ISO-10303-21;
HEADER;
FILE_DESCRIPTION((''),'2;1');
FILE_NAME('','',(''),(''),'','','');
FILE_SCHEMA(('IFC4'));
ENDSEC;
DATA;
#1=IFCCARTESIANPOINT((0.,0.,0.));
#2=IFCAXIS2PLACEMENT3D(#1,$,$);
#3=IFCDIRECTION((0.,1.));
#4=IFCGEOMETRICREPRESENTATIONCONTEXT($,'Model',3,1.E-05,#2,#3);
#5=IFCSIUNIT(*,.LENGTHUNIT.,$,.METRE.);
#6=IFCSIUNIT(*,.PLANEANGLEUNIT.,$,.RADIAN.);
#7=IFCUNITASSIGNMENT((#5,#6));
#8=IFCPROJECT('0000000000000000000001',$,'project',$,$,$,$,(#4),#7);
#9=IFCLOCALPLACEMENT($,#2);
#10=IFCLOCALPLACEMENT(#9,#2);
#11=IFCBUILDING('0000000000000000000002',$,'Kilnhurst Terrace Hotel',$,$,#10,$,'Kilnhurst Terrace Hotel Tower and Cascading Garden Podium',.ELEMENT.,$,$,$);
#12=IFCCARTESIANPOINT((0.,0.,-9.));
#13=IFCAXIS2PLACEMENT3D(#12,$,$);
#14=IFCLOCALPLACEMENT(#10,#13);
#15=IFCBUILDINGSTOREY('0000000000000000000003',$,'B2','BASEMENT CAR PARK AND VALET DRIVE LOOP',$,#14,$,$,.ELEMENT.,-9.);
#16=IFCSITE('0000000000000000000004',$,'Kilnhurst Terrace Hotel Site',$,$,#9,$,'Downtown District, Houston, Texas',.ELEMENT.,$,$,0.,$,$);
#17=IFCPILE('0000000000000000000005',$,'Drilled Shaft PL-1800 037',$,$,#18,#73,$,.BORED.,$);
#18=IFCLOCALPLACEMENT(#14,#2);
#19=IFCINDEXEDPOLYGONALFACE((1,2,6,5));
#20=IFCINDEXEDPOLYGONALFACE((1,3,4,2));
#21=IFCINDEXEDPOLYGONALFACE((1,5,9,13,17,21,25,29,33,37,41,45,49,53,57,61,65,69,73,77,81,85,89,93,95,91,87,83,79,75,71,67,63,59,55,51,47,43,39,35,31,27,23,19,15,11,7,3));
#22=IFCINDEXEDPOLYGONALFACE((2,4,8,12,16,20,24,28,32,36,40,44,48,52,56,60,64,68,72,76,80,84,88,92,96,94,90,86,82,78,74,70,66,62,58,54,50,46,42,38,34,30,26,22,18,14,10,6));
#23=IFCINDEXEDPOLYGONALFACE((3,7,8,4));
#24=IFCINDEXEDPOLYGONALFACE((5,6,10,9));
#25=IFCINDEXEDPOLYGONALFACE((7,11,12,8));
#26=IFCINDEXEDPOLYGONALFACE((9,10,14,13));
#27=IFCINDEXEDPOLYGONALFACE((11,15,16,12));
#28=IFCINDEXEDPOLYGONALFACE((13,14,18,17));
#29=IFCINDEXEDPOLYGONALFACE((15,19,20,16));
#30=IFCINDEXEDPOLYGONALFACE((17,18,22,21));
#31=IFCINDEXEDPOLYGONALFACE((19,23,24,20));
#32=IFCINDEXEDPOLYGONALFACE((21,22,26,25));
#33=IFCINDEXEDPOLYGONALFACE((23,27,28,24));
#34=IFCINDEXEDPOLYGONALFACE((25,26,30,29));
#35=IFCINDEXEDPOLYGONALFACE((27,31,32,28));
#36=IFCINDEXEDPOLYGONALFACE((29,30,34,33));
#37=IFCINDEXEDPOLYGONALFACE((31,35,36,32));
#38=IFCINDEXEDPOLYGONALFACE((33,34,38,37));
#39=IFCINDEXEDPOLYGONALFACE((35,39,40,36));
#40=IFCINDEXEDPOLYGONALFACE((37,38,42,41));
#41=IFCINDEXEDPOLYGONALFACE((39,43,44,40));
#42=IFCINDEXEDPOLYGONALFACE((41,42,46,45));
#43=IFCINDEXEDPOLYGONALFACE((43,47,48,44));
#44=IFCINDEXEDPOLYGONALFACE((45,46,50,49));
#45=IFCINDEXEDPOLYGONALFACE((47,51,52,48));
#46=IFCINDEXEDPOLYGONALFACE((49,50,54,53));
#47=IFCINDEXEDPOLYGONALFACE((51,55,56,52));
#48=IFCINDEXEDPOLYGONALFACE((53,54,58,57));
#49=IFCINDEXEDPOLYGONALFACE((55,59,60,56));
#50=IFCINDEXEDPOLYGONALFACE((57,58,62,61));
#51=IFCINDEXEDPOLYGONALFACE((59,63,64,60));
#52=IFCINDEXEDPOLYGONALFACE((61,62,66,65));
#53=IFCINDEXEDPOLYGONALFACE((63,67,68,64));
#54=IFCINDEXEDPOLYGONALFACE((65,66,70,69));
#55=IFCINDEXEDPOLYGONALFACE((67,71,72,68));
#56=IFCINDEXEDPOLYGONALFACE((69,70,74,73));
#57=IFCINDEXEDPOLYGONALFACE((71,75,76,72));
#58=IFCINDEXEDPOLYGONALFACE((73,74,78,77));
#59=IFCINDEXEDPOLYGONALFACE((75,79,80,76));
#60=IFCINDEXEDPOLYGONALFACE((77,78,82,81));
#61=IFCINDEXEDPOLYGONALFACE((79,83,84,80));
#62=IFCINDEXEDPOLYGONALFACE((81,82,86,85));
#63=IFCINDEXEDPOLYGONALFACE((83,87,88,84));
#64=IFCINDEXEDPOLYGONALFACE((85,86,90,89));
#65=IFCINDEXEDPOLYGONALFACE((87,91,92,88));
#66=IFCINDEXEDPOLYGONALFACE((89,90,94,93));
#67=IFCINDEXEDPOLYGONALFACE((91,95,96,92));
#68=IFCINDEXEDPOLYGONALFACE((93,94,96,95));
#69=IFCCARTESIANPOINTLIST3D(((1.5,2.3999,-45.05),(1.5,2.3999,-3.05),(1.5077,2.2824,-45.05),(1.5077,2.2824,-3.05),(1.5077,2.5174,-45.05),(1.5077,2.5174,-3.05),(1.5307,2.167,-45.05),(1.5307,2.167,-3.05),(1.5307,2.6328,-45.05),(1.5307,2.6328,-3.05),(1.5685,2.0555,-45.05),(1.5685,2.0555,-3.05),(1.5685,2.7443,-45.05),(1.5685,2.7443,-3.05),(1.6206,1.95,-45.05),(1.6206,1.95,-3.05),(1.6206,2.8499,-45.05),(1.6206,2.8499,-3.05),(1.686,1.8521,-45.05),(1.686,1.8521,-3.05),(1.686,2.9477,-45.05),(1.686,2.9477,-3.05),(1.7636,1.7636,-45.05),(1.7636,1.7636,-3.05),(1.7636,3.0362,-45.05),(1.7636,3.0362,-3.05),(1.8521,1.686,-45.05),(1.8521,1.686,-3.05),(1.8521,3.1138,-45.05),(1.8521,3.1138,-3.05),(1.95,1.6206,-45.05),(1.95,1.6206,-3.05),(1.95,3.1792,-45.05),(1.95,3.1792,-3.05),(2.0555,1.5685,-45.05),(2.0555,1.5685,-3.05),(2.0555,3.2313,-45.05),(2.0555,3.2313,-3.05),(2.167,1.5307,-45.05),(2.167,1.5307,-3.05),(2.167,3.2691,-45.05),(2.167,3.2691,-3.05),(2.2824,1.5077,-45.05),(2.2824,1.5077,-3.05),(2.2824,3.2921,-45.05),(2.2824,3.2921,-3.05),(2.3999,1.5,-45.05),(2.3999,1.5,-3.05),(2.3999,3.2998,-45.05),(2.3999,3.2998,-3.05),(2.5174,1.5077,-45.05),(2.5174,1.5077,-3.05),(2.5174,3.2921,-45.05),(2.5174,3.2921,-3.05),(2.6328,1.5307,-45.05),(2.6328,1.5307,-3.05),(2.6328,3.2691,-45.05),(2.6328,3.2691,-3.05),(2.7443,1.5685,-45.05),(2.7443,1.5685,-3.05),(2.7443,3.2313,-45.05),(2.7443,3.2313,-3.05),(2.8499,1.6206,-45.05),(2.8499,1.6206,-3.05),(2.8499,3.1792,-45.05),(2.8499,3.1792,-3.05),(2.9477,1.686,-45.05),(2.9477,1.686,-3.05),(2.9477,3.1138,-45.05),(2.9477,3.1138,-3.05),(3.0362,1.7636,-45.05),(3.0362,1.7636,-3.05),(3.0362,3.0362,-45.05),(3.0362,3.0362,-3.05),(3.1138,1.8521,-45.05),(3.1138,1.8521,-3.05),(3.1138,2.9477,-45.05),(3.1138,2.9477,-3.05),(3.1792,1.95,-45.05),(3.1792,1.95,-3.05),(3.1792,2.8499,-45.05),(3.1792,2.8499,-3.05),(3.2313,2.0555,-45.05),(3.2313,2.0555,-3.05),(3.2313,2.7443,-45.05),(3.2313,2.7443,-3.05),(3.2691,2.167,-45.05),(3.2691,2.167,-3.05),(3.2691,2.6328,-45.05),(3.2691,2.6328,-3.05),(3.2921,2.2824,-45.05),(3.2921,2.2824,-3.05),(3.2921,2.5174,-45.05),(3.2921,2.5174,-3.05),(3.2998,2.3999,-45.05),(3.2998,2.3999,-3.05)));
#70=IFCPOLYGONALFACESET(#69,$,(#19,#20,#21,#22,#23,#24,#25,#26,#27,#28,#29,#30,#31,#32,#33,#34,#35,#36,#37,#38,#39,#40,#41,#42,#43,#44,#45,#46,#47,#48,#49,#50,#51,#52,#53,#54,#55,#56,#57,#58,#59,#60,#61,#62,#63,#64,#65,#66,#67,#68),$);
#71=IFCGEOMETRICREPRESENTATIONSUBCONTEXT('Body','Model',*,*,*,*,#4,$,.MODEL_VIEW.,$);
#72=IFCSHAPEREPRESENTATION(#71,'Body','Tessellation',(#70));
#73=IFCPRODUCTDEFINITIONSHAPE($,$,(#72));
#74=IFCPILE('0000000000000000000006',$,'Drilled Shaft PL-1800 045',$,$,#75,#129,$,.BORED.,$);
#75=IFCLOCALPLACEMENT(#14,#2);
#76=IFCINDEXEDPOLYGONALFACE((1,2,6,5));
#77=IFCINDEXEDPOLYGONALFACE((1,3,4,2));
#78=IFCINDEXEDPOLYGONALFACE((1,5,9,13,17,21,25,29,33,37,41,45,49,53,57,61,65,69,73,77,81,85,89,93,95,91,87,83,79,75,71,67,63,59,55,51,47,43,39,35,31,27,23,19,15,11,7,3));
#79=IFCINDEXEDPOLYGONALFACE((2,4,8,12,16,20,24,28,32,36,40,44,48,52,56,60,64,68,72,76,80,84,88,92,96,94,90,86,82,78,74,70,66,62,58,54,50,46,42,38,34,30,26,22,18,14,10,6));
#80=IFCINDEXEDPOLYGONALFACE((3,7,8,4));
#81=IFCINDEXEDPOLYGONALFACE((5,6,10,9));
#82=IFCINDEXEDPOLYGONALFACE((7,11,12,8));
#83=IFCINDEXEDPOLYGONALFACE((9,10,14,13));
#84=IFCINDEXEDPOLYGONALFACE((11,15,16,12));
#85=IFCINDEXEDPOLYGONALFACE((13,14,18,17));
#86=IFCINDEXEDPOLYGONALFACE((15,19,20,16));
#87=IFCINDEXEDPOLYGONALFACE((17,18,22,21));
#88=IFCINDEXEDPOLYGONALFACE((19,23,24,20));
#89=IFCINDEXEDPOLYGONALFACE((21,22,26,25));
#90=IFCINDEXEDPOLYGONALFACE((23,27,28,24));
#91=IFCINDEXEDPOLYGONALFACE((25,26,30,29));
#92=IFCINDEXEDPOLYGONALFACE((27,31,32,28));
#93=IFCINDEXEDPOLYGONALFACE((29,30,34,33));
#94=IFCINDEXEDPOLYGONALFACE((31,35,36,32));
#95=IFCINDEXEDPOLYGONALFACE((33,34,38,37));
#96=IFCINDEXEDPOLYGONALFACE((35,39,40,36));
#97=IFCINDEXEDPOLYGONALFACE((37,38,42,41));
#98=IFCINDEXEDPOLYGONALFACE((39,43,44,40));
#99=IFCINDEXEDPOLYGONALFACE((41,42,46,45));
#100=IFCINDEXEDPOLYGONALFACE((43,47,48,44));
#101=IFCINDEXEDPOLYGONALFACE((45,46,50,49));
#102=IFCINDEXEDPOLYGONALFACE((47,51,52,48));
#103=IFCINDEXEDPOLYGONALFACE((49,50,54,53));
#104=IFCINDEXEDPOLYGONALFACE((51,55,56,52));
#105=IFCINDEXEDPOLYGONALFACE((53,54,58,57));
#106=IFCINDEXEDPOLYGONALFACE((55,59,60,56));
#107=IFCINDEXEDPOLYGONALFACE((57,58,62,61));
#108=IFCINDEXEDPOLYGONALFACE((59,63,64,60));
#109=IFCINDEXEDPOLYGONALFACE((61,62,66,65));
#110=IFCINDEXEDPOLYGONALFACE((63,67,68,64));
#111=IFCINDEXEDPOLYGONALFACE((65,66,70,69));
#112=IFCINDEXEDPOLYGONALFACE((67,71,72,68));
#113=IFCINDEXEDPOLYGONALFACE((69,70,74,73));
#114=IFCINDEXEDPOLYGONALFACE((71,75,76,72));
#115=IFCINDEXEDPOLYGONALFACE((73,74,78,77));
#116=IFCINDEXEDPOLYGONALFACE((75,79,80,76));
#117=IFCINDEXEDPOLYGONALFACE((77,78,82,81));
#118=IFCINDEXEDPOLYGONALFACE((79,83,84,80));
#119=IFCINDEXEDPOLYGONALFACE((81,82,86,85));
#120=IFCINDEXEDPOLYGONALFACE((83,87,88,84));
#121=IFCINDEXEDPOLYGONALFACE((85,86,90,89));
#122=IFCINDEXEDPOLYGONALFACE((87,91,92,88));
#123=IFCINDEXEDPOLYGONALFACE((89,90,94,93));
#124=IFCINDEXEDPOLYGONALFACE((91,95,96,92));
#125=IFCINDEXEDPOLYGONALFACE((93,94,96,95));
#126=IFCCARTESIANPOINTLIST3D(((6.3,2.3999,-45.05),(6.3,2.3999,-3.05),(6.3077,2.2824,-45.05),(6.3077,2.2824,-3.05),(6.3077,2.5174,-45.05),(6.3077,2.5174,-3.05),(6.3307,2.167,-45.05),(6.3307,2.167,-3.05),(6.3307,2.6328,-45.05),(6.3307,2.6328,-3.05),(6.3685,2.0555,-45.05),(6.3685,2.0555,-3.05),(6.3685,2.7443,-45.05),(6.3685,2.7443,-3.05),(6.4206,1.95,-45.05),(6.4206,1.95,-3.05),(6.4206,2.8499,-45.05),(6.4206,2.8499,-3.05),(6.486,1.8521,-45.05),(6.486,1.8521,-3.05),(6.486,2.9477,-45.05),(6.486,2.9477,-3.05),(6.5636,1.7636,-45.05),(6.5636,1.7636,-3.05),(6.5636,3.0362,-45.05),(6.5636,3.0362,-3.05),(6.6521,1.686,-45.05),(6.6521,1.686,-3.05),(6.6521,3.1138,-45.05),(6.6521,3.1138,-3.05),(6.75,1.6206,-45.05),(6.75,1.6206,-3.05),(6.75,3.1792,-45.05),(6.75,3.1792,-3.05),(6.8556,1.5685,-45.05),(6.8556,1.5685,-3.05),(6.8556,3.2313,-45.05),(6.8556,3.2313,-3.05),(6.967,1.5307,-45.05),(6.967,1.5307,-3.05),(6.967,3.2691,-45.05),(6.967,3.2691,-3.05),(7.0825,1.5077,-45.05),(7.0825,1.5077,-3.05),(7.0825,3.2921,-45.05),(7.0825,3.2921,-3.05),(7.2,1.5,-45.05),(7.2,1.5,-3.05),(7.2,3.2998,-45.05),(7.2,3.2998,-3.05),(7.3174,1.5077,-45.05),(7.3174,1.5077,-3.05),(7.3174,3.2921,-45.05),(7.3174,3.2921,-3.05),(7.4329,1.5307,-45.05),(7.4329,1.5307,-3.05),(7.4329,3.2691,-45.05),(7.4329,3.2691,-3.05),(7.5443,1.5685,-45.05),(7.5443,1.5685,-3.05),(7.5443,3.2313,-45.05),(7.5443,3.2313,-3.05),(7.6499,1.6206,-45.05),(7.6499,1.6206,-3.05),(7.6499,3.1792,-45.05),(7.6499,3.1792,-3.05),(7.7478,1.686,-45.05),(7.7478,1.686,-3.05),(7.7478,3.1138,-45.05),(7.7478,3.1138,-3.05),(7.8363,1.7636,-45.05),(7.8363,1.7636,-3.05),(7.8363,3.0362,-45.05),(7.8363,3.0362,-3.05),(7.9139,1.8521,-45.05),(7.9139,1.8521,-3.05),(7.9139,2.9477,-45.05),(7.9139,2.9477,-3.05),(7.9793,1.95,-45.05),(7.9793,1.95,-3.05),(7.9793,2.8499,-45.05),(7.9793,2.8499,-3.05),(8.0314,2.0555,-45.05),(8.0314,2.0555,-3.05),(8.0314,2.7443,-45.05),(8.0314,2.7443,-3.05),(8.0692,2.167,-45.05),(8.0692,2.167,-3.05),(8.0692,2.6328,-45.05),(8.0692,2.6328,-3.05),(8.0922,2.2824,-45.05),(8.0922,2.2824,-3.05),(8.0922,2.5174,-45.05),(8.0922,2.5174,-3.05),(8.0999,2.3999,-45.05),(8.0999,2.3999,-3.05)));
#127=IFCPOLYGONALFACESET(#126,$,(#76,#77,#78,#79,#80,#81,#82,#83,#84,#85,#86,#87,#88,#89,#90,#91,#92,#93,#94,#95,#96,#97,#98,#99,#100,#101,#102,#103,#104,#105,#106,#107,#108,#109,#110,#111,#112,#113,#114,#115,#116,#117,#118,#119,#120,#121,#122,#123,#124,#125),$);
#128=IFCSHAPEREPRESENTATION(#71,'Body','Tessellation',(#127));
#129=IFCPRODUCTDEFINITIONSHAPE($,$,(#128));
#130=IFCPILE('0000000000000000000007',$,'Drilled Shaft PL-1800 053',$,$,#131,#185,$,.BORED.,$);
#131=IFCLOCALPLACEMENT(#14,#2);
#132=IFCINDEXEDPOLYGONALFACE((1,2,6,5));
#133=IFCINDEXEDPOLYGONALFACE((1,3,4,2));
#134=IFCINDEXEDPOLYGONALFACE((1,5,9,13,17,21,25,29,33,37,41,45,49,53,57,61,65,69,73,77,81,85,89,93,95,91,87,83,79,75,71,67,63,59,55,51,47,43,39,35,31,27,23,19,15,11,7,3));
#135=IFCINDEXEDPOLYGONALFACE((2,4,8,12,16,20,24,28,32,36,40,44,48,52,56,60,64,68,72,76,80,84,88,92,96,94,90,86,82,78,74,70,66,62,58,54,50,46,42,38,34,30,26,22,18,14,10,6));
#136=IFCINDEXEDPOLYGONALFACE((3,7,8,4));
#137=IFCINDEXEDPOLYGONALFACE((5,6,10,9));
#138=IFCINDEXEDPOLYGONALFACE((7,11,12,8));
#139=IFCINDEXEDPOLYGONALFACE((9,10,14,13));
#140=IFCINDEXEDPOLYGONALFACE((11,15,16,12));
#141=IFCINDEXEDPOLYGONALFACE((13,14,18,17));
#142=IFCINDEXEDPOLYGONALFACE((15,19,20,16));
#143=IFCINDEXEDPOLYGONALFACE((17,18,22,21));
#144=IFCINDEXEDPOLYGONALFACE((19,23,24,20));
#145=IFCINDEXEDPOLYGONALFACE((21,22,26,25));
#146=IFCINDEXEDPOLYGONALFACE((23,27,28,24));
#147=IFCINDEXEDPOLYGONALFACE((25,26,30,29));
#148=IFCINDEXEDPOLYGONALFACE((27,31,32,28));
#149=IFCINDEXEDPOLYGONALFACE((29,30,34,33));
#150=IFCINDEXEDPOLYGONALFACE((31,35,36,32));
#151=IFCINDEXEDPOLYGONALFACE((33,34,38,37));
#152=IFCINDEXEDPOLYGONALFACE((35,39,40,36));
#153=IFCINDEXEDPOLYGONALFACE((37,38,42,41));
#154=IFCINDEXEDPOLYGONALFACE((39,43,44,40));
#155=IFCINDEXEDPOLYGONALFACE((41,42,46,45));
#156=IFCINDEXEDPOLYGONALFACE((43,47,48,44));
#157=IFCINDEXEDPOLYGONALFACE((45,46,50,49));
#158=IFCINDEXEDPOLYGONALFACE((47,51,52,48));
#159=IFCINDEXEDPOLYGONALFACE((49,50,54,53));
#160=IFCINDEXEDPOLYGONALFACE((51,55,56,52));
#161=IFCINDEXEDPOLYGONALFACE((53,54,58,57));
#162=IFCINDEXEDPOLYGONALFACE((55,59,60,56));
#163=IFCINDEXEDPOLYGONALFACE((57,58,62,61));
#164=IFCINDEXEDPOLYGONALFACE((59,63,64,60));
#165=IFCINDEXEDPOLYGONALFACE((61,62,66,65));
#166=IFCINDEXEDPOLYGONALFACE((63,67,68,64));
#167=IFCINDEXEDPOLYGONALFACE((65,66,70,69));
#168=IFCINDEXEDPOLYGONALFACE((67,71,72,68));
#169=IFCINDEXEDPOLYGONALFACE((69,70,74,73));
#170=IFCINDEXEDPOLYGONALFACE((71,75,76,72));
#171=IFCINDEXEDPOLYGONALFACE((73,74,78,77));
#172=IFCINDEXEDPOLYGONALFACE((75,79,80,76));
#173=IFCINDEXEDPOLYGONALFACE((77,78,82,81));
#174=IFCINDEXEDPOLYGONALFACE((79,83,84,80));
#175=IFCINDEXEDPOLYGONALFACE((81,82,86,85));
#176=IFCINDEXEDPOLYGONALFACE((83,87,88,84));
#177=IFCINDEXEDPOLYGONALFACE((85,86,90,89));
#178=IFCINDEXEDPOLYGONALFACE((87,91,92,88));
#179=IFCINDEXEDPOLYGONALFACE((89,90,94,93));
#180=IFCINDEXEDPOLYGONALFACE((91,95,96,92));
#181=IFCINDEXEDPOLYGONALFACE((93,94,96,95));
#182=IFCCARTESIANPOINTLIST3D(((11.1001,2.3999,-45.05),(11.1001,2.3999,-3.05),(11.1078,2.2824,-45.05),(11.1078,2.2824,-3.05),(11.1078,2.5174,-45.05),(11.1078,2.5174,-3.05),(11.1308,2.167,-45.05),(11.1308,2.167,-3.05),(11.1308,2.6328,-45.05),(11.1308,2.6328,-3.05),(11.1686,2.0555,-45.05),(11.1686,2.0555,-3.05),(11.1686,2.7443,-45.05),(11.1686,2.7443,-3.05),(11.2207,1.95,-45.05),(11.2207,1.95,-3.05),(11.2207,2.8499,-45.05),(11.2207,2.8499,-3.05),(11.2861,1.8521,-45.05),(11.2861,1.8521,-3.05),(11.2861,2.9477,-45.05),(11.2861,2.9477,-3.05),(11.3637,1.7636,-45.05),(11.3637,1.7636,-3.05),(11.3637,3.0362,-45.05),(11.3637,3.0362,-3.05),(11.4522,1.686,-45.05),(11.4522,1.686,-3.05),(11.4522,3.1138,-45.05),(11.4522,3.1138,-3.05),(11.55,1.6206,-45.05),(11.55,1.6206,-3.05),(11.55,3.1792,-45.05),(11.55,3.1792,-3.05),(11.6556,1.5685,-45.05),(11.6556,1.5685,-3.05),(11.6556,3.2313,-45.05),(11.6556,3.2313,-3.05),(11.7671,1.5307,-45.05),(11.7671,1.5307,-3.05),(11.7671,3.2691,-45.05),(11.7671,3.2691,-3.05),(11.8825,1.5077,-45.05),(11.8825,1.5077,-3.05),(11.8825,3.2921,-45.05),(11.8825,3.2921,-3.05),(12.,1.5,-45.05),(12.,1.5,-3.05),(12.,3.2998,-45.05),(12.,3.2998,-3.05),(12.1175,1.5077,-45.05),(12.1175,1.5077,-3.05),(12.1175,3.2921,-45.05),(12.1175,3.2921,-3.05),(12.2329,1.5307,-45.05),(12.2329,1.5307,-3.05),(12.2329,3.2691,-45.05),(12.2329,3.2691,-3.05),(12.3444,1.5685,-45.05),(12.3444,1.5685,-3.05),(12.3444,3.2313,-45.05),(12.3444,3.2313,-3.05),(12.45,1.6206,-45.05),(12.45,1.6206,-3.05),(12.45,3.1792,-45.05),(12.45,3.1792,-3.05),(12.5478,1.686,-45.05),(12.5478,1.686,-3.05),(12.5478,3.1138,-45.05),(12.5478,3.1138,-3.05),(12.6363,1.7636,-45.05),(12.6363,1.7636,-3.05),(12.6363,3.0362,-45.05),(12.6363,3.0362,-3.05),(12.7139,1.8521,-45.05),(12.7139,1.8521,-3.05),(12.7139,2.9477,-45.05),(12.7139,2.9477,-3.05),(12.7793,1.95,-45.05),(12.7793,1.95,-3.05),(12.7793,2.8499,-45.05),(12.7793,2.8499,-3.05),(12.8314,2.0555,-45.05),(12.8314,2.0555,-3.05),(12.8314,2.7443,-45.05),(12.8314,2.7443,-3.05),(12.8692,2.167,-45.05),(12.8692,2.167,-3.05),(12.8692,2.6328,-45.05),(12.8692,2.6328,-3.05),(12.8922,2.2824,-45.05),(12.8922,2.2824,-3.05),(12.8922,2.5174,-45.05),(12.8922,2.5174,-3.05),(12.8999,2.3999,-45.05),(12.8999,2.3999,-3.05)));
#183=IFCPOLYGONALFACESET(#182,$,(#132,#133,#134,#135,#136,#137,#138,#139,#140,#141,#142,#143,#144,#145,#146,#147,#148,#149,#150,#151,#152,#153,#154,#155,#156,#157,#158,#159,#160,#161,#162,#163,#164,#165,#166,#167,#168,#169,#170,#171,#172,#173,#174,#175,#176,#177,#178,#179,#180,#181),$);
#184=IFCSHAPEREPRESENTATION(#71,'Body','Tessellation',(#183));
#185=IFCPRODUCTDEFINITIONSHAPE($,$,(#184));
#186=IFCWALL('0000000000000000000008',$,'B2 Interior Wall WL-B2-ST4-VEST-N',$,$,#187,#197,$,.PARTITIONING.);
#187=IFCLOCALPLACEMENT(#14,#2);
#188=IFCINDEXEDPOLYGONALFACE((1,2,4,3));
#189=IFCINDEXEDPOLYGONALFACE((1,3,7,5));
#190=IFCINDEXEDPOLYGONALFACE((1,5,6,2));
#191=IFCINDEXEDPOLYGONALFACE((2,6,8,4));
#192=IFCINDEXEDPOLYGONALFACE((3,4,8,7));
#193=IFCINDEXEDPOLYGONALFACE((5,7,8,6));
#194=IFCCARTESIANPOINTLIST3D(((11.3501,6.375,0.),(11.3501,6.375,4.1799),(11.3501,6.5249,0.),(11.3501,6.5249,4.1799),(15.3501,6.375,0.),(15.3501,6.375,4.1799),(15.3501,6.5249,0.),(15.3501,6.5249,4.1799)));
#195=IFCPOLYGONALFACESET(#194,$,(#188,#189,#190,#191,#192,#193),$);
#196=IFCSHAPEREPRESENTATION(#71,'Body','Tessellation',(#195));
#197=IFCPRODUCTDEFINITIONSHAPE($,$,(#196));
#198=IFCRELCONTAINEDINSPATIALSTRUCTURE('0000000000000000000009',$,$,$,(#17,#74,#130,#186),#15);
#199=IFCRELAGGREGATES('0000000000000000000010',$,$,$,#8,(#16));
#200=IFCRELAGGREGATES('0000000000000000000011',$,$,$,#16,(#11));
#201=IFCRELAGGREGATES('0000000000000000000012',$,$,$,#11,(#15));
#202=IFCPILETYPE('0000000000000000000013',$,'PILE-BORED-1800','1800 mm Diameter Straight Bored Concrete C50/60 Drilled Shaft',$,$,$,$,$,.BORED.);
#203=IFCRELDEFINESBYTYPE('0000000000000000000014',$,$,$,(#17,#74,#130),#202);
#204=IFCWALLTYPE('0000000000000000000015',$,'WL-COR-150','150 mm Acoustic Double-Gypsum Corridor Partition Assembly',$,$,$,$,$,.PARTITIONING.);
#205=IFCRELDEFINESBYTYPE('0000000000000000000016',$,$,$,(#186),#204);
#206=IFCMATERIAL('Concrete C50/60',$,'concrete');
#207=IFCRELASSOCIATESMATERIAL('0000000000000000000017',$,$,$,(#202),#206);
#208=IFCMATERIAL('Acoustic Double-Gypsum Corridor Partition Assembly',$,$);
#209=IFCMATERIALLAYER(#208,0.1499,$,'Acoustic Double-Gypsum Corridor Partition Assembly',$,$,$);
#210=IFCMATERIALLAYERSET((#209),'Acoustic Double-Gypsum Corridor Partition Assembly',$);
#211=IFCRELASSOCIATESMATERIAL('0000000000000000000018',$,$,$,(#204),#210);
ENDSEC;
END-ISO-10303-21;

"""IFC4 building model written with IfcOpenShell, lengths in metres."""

from ifc_helpers import new_model, si_unit, direction, frame, frame_2d, origin, origin_2d, place, context, subcontext, project, spatial, rectangle, circle, extrude, material, layer, layer_set, material_profile, profile_set, type_object, element, save


model = new_model("IFC4")

# Units and contexts
model_context = context("Model", 3, precision=1e-05, world=origin(), true_north=direction((0.0, 1.0)))
body_context = subcontext(model_context, "Body", "Model", "MODEL_VIEW")
ifc_project = project(units=[si_unit("LENGTHUNIT", "METRE"), si_unit("PLANEANGLEUNIT", "RADIAN")], contexts=[model_context])

# Site, building, storey
site_placement = place(None, origin())
site = spatial("IfcSite", under=ifc_project, at=site_placement, Name="Kilnhurst Terrace Hotel Site", LongName="Downtown District, Houston, Texas", CompositionType="ELEMENT", RefElevation=0.0)
building_placement = place(site_placement, origin())
building = spatial("IfcBuilding", under=site, at=building_placement, Name="Kilnhurst Terrace Hotel", LongName="Kilnhurst Terrace Hotel Tower and Cascading Garden Podium", CompositionType="ELEMENT")
storey_placement = place(building_placement, frame((0.0, 0.0, -9.0)))
storey = spatial("IfcBuildingStorey", under=building, at=storey_placement, Name="B2", Description="BASEMENT CAR PARK AND VALET DRIVE LOOP", CompositionType="ELEMENT", Elevation=-9.0)

# Piles
ifc_material_1 = material(Name="Concrete C50/60", Category="concrete")
ifc_material_profile = material_profile(ifc_material_1, circle(Radius=0.8999, at=origin_2d()), Name="PILE1800")
ifc_profile_set = profile_set([ifc_material_profile], Name="Concrete C50/60")
pile_type = type_object("IfcPileType", Name="PILE-BORED-1800", Description="1800 mm Diameter Straight Bored Concrete C50/60 Drilled Shaft", PredefinedType="BORED", material=ifc_profile_set)
for number, where, z_axis, x_axis, name in (
    (1, (2.3999, 2.3999, -3.05), (0.0, 0.0, -1.0), (1.0, 0.0, 0.0), "Drilled Shaft PL-1800 037"),
    (2, (7.2, 2.3999, -3.05), (0.0, 0.0, -1.0), (1.0, 0.0, 0.0), "Drilled Shaft PL-1800 045"),
    (3, (12.0, 2.3999, -3.05), (0.0, 0.0, -1.0), (1.0, 0.0, 0.0), "Drilled Shaft PL-1800 053"),
):
    element("IfcPile", number, at=place(storey_placement, frame(where, z_axis=z_axis, x_axis=x_axis)), inside=storey, type_object=pile_type, Name=name, PredefinedType="BORED", context=body_context, shape_type="SweptSolid", body=[
        extrude(circle(Radius=0.8999, at=origin_2d()), origin(), (0.0, 0.0, 1.0), 42.0),
    ])

# Wall
ifc_material_2 = material(Name="Acoustic Double-Gypsum Corridor Partition Assembly")
ifc_layer_1 = layer(ifc_material_2, 0.1499, Name="Acoustic Double-Gypsum Corridor Partition Assembly")
ifc_layer_set_1 = layer_set([ifc_layer_1], Name="Acoustic Double-Gypsum Corridor Partition Assembly")
wall_type_1 = type_object("IfcWallType", Name="WL-COR-150", Description="150 mm Acoustic Double-Gypsum Corridor Partition Assembly", PredefinedType="PARTITIONING", material=ifc_layer_set_1)
wall_1_placement = place(storey_placement, frame((11.3501, 6.45, 0.0), z_axis=(0.0, 0.0, 1.0), x_axis=(1.0, 0.0, 0.0)))
element("IfcWall", 4, at=wall_1_placement, inside=storey, type_object=wall_type_1, Name="B2 Interior Wall WL-B2-ST4-VEST-N", PredefinedType="PARTITIONING", context=body_context, shape_type="SweptSolid", body=[
    extrude(rectangle(XDim=4.0, YDim=0.1499, at=frame_2d((2.0, 0.0))), origin(), (0.0, 0.0, 1.0), 4.1799),
])

save(model, "model.ifc")
